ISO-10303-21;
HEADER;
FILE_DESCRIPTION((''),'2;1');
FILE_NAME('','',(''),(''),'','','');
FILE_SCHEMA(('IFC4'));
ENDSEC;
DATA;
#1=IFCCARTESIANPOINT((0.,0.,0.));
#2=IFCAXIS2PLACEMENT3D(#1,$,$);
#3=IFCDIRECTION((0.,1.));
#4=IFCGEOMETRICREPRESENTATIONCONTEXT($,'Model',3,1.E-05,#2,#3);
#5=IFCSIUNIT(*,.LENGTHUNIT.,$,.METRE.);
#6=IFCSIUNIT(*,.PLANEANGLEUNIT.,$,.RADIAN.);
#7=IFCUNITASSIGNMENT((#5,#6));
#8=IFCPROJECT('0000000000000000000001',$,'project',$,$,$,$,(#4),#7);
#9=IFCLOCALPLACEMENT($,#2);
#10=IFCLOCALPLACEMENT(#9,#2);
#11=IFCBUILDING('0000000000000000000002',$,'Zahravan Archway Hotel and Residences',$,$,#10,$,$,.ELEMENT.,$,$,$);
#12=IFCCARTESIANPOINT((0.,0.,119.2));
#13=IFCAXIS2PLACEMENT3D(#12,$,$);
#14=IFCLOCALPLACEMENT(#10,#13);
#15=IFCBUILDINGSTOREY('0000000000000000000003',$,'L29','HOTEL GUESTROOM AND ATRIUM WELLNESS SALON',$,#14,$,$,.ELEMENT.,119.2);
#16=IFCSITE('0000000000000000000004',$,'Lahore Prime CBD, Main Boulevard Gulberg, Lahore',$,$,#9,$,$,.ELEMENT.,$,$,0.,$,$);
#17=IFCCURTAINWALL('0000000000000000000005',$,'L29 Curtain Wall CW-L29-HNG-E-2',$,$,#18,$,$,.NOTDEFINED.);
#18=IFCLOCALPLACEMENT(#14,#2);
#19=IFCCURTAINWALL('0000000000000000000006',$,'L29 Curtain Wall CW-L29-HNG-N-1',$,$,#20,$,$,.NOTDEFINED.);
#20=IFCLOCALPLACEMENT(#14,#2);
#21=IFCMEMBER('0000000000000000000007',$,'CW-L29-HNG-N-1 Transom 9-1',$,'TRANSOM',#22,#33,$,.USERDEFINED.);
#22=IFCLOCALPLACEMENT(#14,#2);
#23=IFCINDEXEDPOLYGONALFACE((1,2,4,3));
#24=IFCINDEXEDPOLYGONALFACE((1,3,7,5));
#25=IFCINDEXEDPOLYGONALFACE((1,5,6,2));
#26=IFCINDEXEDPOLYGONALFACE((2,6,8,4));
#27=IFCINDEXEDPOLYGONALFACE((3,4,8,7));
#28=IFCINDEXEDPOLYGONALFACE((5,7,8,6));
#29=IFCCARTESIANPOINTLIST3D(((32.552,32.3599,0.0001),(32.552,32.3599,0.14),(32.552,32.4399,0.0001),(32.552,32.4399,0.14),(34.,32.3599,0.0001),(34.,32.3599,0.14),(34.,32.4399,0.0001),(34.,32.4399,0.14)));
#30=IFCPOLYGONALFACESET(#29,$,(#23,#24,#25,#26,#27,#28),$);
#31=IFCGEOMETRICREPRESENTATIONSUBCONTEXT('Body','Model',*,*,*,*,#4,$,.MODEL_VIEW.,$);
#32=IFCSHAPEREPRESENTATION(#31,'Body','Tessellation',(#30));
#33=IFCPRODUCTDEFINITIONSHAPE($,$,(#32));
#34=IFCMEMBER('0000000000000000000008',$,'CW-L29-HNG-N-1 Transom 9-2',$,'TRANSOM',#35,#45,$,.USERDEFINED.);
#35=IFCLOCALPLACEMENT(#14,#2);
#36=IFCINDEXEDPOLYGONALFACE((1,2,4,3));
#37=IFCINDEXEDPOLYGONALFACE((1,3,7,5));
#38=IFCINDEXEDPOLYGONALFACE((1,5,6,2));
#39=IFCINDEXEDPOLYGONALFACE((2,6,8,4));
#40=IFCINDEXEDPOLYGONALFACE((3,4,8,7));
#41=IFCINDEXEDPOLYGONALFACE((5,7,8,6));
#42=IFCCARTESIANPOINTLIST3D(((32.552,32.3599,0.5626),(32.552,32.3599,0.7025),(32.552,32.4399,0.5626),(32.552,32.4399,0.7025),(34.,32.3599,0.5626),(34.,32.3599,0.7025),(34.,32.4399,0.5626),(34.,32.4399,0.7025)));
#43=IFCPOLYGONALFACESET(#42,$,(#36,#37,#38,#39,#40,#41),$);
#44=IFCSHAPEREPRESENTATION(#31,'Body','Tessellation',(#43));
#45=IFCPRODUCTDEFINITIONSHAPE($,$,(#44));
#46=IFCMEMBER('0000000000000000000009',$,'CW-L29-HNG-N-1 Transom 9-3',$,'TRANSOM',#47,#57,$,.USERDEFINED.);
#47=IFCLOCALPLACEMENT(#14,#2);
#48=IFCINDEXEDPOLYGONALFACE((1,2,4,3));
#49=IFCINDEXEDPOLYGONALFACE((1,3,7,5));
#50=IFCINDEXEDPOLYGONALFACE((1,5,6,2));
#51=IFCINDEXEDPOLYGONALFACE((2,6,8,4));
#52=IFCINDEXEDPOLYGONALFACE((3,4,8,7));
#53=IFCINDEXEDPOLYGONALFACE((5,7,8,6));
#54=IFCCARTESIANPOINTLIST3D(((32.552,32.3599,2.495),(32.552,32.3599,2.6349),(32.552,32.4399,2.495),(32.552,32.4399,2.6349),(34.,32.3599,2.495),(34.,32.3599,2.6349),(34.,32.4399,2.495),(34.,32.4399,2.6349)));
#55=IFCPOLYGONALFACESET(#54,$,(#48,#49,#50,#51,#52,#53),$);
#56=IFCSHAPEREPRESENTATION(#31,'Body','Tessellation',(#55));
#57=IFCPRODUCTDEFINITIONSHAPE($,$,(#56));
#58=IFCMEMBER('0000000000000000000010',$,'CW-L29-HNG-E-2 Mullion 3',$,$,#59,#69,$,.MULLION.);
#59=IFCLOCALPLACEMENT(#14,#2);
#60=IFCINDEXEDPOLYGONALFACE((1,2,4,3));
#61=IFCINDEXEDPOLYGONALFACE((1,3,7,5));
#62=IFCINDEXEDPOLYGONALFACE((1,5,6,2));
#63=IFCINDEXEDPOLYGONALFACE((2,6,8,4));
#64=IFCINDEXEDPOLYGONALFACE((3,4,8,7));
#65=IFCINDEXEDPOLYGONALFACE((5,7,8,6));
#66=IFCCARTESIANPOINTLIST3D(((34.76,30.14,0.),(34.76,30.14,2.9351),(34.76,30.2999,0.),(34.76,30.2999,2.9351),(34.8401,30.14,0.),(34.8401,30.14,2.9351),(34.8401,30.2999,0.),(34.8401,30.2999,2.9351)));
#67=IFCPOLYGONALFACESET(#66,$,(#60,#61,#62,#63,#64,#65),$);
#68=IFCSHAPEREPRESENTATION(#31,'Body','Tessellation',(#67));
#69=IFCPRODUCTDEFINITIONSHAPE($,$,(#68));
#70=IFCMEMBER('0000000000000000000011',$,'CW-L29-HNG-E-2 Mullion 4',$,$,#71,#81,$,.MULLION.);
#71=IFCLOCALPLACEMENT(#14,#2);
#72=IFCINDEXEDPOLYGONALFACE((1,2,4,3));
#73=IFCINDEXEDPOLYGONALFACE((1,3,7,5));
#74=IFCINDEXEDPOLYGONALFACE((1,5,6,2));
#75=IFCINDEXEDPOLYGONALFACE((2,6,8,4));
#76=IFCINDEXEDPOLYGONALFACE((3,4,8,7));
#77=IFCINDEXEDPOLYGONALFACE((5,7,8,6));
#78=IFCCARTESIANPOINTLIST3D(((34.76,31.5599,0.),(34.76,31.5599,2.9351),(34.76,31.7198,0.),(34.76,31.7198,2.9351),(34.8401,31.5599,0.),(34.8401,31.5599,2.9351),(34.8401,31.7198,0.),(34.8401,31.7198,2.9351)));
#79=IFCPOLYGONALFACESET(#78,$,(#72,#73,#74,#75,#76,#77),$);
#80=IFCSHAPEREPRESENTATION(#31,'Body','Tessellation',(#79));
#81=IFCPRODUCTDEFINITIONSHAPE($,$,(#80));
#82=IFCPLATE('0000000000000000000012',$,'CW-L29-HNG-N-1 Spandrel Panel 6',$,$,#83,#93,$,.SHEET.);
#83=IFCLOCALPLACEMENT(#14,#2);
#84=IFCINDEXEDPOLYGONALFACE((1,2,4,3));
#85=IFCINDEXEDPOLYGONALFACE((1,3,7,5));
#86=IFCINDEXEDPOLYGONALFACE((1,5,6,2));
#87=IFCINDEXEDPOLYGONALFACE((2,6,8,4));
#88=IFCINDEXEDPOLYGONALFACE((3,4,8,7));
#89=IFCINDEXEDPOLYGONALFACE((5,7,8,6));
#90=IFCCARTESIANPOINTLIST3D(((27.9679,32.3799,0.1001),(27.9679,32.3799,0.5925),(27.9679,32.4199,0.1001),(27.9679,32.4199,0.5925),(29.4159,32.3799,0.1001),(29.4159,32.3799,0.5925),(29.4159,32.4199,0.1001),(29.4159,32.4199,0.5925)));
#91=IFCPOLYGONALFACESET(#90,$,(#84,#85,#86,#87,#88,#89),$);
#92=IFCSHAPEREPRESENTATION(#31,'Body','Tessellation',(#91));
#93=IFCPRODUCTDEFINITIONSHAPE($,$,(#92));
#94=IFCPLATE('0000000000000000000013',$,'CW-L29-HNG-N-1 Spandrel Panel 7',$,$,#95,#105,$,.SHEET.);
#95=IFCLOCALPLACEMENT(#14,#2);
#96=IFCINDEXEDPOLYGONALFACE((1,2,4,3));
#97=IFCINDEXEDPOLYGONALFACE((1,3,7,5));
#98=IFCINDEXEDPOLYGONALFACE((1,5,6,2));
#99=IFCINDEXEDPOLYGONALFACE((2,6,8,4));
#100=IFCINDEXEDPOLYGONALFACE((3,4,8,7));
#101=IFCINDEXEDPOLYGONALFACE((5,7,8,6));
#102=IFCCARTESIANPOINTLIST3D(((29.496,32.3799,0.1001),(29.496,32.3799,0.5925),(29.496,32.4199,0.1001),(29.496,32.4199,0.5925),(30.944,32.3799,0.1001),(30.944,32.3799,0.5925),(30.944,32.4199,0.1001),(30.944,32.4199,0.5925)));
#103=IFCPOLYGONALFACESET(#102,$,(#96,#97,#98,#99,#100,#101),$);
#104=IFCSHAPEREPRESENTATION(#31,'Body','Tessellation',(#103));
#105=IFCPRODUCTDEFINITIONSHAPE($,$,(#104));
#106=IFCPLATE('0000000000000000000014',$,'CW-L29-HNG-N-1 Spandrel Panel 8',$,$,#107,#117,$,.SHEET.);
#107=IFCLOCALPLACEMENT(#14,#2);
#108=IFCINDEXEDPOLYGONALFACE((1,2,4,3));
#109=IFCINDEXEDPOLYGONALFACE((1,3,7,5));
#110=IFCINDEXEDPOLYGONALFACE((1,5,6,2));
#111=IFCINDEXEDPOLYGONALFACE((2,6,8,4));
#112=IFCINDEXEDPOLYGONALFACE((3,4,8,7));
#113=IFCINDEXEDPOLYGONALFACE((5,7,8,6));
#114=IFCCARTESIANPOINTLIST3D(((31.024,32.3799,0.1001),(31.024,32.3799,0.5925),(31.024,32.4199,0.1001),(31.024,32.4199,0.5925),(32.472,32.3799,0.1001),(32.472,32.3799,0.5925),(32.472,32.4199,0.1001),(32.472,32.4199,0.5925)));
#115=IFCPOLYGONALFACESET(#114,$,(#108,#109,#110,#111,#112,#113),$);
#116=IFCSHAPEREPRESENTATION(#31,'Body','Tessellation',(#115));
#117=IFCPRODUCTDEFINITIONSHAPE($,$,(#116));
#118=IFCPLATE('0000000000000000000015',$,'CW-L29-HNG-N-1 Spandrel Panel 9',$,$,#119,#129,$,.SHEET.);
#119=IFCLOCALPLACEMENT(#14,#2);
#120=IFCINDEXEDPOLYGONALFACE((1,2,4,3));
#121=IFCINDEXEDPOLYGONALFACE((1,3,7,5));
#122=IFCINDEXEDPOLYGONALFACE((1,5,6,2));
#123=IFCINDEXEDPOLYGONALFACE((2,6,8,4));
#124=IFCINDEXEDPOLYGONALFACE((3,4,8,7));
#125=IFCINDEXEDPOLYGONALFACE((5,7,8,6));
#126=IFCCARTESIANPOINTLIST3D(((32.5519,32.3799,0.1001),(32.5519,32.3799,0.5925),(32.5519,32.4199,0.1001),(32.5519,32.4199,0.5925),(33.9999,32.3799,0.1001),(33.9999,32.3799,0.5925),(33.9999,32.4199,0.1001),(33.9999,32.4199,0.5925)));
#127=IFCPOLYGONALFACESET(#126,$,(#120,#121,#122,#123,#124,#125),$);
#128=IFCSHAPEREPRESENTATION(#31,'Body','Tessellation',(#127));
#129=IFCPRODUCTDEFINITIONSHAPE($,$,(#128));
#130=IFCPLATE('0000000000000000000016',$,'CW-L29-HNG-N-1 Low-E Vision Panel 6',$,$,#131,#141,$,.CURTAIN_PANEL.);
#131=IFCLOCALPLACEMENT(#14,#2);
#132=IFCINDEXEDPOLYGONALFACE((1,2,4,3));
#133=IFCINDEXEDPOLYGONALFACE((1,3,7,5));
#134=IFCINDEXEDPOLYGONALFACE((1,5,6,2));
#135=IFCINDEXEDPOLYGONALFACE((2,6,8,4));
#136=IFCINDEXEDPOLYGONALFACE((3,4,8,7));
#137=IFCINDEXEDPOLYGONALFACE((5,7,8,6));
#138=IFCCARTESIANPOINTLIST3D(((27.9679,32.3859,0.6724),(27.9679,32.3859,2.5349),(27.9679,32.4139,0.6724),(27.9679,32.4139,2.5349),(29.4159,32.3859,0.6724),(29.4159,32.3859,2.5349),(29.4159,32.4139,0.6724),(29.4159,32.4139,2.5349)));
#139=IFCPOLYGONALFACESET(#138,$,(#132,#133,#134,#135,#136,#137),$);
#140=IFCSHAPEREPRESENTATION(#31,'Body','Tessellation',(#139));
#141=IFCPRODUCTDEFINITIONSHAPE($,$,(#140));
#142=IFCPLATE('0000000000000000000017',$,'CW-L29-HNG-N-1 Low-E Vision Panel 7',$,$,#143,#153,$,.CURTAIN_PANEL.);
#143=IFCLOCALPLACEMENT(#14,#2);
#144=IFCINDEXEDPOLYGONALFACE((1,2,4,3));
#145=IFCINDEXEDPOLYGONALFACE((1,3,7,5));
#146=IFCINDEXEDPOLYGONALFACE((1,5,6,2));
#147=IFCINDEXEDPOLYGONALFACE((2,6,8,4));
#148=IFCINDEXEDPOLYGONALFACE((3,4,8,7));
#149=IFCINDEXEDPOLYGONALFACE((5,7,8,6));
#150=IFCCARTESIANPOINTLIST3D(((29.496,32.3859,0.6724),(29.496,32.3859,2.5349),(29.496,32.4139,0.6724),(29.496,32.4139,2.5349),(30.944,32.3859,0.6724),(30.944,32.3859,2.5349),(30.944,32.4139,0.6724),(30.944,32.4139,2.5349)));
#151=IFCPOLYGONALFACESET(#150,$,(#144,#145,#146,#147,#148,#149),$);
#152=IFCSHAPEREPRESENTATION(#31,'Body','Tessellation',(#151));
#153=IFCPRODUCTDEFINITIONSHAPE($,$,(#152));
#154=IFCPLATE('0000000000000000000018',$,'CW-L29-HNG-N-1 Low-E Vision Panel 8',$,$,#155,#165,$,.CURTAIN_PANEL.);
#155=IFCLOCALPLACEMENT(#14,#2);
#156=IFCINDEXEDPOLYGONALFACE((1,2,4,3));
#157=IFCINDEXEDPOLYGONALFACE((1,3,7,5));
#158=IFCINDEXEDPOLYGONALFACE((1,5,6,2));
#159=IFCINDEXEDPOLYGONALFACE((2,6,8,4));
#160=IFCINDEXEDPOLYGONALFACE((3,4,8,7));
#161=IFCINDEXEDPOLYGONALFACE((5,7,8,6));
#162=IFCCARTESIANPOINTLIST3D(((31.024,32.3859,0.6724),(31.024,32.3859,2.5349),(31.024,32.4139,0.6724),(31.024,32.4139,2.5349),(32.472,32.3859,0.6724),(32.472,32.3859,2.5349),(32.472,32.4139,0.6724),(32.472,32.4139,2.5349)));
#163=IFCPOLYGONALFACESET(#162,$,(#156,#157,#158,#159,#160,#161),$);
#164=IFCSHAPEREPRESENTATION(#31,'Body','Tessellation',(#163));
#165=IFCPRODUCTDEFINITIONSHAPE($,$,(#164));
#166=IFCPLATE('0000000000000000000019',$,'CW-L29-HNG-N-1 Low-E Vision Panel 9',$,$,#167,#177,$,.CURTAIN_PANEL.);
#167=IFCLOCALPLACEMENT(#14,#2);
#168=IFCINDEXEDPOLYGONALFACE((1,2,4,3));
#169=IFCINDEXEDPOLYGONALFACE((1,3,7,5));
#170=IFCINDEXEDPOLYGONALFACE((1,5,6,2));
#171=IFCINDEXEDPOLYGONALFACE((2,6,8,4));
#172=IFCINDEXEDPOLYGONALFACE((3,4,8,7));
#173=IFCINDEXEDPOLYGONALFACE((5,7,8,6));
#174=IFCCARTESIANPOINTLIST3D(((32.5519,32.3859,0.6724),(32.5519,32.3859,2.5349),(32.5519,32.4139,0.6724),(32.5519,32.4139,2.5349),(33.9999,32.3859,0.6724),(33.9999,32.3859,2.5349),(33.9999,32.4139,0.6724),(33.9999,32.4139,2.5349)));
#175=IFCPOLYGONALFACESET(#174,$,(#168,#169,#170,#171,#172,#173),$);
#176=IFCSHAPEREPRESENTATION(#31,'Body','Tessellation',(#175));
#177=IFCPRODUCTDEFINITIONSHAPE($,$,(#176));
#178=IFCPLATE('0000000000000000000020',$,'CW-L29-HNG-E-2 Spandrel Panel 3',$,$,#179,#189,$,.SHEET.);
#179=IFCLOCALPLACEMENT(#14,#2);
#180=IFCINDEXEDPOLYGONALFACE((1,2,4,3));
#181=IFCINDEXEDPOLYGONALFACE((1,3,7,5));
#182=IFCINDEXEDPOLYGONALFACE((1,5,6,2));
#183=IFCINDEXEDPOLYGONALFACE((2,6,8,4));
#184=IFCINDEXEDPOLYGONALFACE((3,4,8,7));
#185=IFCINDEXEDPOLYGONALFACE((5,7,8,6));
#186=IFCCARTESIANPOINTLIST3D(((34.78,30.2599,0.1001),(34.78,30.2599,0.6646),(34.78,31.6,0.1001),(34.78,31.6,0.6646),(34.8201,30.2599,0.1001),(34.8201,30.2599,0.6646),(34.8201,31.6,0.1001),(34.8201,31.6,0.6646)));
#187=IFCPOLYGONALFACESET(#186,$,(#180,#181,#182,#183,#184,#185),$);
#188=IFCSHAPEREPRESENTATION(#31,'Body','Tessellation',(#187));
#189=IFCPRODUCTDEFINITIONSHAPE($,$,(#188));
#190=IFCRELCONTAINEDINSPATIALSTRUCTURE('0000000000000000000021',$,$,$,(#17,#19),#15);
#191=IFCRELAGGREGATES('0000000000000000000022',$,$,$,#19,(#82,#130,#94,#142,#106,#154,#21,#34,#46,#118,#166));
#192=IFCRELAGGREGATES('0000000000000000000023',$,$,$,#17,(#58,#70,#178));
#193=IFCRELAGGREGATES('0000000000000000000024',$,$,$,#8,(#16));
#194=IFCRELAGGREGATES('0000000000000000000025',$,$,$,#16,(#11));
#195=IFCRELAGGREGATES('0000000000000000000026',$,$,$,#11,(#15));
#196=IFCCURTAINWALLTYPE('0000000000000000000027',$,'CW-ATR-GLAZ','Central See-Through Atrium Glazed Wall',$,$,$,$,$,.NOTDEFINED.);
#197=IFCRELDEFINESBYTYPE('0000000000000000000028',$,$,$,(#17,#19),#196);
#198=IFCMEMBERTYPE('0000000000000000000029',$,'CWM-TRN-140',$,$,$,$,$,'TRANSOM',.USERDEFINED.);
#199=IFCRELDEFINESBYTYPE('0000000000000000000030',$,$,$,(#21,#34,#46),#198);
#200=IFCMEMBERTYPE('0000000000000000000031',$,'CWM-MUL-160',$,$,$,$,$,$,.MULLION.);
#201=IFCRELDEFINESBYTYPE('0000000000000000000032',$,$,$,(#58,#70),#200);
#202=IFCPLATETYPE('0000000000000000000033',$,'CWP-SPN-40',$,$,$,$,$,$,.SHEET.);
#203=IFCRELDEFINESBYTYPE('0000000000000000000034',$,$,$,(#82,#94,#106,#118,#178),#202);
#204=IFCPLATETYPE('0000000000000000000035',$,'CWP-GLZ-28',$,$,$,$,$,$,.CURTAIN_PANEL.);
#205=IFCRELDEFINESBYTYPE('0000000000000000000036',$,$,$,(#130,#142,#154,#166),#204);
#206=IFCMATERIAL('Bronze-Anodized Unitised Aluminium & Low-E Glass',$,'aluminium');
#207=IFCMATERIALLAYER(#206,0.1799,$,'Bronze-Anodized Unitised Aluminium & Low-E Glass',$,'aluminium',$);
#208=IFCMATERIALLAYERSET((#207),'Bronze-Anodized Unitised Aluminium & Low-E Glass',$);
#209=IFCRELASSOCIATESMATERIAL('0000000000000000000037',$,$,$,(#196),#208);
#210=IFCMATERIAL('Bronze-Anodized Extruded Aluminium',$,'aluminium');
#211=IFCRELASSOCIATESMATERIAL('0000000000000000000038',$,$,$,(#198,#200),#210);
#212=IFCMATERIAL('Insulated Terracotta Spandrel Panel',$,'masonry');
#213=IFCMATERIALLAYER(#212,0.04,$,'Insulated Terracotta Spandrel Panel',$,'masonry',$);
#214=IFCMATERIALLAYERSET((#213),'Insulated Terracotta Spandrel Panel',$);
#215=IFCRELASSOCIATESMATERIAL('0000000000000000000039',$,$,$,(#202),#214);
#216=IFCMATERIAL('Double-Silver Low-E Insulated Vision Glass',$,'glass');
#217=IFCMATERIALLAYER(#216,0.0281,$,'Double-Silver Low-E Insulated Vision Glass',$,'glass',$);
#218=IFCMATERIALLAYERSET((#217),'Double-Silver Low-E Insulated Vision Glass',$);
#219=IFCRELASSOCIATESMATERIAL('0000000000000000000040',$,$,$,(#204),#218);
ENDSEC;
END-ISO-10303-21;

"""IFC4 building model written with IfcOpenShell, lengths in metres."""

from ifc_helpers import new_model, si_unit, direction, frame, origin, origin_2d, place, context, subcontext, project, spatial, rectangle, extrude, source, transform, mapped, material, layer, layer_set, material_profile, profile_set, type_object, element, aggregate, save


model = new_model("IFC4")

# Units and contexts
model_context = context("Model", 3, precision=1e-05, world=origin(), true_north=direction((0.0, 1.0)))
body_context = subcontext(model_context, "Body", "Model", "MODEL_VIEW")
ifc_project = project(units=[si_unit("LENGTHUNIT", "METRE"), si_unit("PLANEANGLEUNIT", "RADIAN")], contexts=[model_context])

# Site, building, storey
site_placement = place(None, origin())
site = spatial("IfcSite", under=ifc_project, at=site_placement, Name="Lahore Prime CBD, Main Boulevard Gulberg, Lahore", CompositionType="ELEMENT", RefElevation=0.0)
building_placement = place(site_placement, origin())
building = spatial("IfcBuilding", under=site, at=building_placement, Name="Zahravan Archway Hotel and Residences", CompositionType="ELEMENT")
storey_placement = place(building_placement, frame((0.0, 0.0, 119.2)))
storey = spatial("IfcBuildingStorey", under=building, at=storey_placement, Name="L29", Description="HOTEL GUESTROOM AND ATRIUM WELLNESS SALON", CompositionType="ELEMENT", Elevation=119.2)

# Curtain walls, members
ifc_material_1 = material(Name="Bronze-Anodized Unitised Aluminium & Low-E Glass", Category="aluminium")
ifc_layer_1 = layer(ifc_material_1, 0.1799, Name="Bronze-Anodized Unitised Aluminium & Low-E Glass", Category="aluminium")
ifc_layer_set_1 = layer_set([ifc_layer_1], Name="Bronze-Anodized Unitised Aluminium & Low-E Glass")
curtain_wall_type = type_object("IfcCurtainWallType", Name="CW-ATR-GLAZ", Description="Central See-Through Atrium Glazed Wall", PredefinedType="NOTDEFINED", material=ifc_layer_set_1)
curtain_wall_1_placement = place(storey_placement, origin())
curtain_wall_1 = element("IfcCurtainWall", 1, at=curtain_wall_1_placement, inside=storey, type_object=curtain_wall_type, Name="L29 Curtain Wall CW-L29-HNG-E-2", PredefinedType="NOTDEFINED")
ifc_material_2 = material(Name="Bronze-Anodized Extruded Aluminium", Category="aluminium")
ifc_material_profile_1 = material_profile(ifc_material_2, rectangle(XDim=0.0801, YDim=0.1399, at=origin_2d()), Name="TRN 80x140", Category="aluminium")
ifc_profile_set_1 = profile_set([ifc_material_profile_1], Name="Bronze-Anodized Extruded Aluminium")
member_type_1 = type_object("IfcMemberType", Name="CWM-TRN-140", ElementType="TRANSOM", PredefinedType="USERDEFINED", material=ifc_profile_set_1)
curtain_wall_2_placement = place(storey_placement, origin())
curtain_wall_2 = element("IfcCurtainWall", 2, at=curtain_wall_2_placement, inside=storey, type_object=curtain_wall_type, Name="L29 Curtain Wall CW-L29-HNG-N-1", PredefinedType="NOTDEFINED")
ifc_material_profile_2 = material_profile(ifc_material_2, rectangle(XDim=0.0801, YDim=0.1599, at=origin_2d()), Name="MUL 80x160", Category="aluminium")
ifc_profile_set_2 = profile_set([ifc_material_profile_2], Name="Bronze-Anodized Extruded Aluminium")
member_type_2 = type_object("IfcMemberType", Name="CWM-MUL-160", PredefinedType="MULLION", material=ifc_profile_set_2)
shared_shape_1 = source(origin(), body_context, "Body", "SweptSolid", [
    extrude(rectangle(XDim=0.0801, YDim=0.1399, at=origin_2d()), origin(), (0.0, 0.0, 1.0), 1.448),
])
member_1_placement = place(storey_placement, frame((32.552, 32.3999, 0.0701), z_axis=(1.0, 0.0, 0.0), x_axis=(0.0, 1.0, 0.0)))
member_1 = element("IfcMember", 3, at=member_1_placement, type_object=member_type_1, Name="CW-L29-HNG-N-1 Transom 9-1", ObjectType="TRANSOM", PredefinedType="USERDEFINED", context=body_context, shape_type="MappedRepresentation", body=[
    mapped(shared_shape_1, transform((0.0, 0.0, 0.0), scale=1.0)),
])
member_2_placement = place(storey_placement, frame((32.552, 32.3999, 0.6326), z_axis=(1.0, 0.0, 0.0), x_axis=(0.0, 1.0, 0.0)))
member_2 = element("IfcMember", 4, at=member_2_placement, type_object=member_type_1, Name="CW-L29-HNG-N-1 Transom 9-2", ObjectType="TRANSOM", PredefinedType="USERDEFINED", context=body_context, shape_type="MappedRepresentation", body=[
    mapped(shared_shape_1, transform((0.0, 0.0, 0.0), scale=1.0)),
])
member_3_placement = place(storey_placement, frame((32.552, 32.3999, 2.5649), z_axis=(1.0, 0.0, 0.0), x_axis=(0.0, 1.0, 0.0)))
member_3 = element("IfcMember", 5, at=member_3_placement, type_object=member_type_1, Name="CW-L29-HNG-N-1 Transom 9-3", ObjectType="TRANSOM", PredefinedType="USERDEFINED", context=body_context, shape_type="MappedRepresentation", body=[
    mapped(shared_shape_1, transform((0.0, 0.0, 0.0), scale=1.0)),
])

# Members
shared_shape_2 = source(origin(), body_context, "Body", "SweptSolid", [
    extrude(rectangle(XDim=0.0801, YDim=0.1599, at=origin_2d()), origin(), (0.0, 0.0, 1.0), 2.9351),
])
member_4_placement = place(storey_placement, frame((34.8, 30.22, 0.0), z_axis=(0.0, 0.0, 1.0), x_axis=(1.0, 0.0, 0.0)))
member_4 = element("IfcMember", 6, at=member_4_placement, type_object=member_type_2, Name="CW-L29-HNG-E-2 Mullion 3", PredefinedType="MULLION", context=body_context, shape_type="MappedRepresentation", body=[
    mapped(shared_shape_2, transform((0.0, 0.0, 0.0), scale=1.0)),
])
member_5_placement = place(storey_placement, frame((34.8, 31.6399, 0.0), z_axis=(0.0, 0.0, 1.0), x_axis=(1.0, 0.0, 0.0)))
member_5 = element("IfcMember", 7, at=member_5_placement, type_object=member_type_2, Name="CW-L29-HNG-E-2 Mullion 4", PredefinedType="MULLION", context=body_context, shape_type="MappedRepresentation", body=[
    mapped(shared_shape_2, transform((0.0, 0.0, 0.0), scale=1.0)),
])

# Plates
ifc_material_3 = material(Name="Insulated Terracotta Spandrel Panel", Category="masonry")
ifc_layer_2 = layer(ifc_material_3, 0.04, Name="Insulated Terracotta Spandrel Panel", Category="masonry")
ifc_layer_set_2 = layer_set([ifc_layer_2], Name="Insulated Terracotta Spandrel Panel")
plate_type_1 = type_object("IfcPlateType", Name="CWP-SPN-40", PredefinedType="SHEET", material=ifc_layer_set_2)
shared_shape_3 = source(origin(), body_context, "Body", "SweptSolid", [
    extrude(rectangle(XDim=1.448, YDim=0.04, at=origin_2d()), origin(), (0.0, 0.0, 1.0), 0.4924),
])
plate_1_placement = place(storey_placement, frame((28.6919, 32.3999, 0.1001), z_axis=(0.0, 0.0, 1.0), x_axis=(1.0, 0.0, 0.0)))
plate_1 = element("IfcPlate", 8, at=plate_1_placement, type_object=plate_type_1, Name="CW-L29-HNG-N-1 Spandrel Panel 6", PredefinedType="SHEET", context=body_context, shape_type="MappedRepresentation", body=[
    mapped(shared_shape_3, transform((0.0, 0.0, 0.0), scale=1.0)),
])
plate_2_placement = place(storey_placement, frame((30.22, 32.3999, 0.1001), z_axis=(0.0, 0.0, 1.0), x_axis=(1.0, 0.0, 0.0)))
plate_2 = element("IfcPlate", 9, at=plate_2_placement, type_object=plate_type_1, Name="CW-L29-HNG-N-1 Spandrel Panel 7", PredefinedType="SHEET", context=body_context, shape_type="MappedRepresentation", body=[
    mapped(shared_shape_3, transform((0.0, 0.0, 0.0), scale=1.0)),
])
plate_3_placement = place(storey_placement, frame((31.748, 32.3999, 0.1001), z_axis=(0.0, 0.0, 1.0), x_axis=(1.0, 0.0, 0.0)))
plate_3 = element("IfcPlate", 10, at=plate_3_placement, type_object=plate_type_1, Name="CW-L29-HNG-N-1 Spandrel Panel 8", PredefinedType="SHEET", context=body_context, shape_type="MappedRepresentation", body=[
    mapped(shared_shape_3, transform((0.0, 0.0, 0.0), scale=1.0)),
])
plate_4_placement = place(storey_placement, frame((33.2759, 32.3999, 0.1001), z_axis=(0.0, 0.0, 1.0), x_axis=(1.0, 0.0, 0.0)))
plate_4 = element("IfcPlate", 11, at=plate_4_placement, type_object=plate_type_1, Name="CW-L29-HNG-N-1 Spandrel Panel 9", PredefinedType="SHEET", context=body_context, shape_type="MappedRepresentation", body=[
    mapped(shared_shape_3, transform((0.0, 0.0, 0.0), scale=1.0)),
])
ifc_material_4 = material(Name="Double-Silver Low-E Insulated Vision Glass", Category="glass")
ifc_layer_3 = layer(ifc_material_4, 0.0281, Name="Double-Silver Low-E Insulated Vision Glass", Category="glass")
ifc_layer_set_3 = layer_set([ifc_layer_3], Name="Double-Silver Low-E Insulated Vision Glass")
plate_type_2 = type_object("IfcPlateType", Name="CWP-GLZ-28", PredefinedType="CURTAIN_PANEL", material=ifc_layer_set_3)
shared_shape_4 = source(origin(), body_context, "Body", "SweptSolid", [
    extrude(rectangle(XDim=1.448, YDim=0.0281, at=origin_2d()), origin(), (0.0, 0.0, 1.0), 1.8625),
])
plate_5_placement = place(storey_placement, frame((28.6919, 32.3999, 0.6724), z_axis=(0.0, 0.0, 1.0), x_axis=(1.0, 0.0, 0.0)))
plate_5 = element("IfcPlate", 12, at=plate_5_placement, type_object=plate_type_2, Name="CW-L29-HNG-N-1 Low-E Vision Panel 6", PredefinedType="CURTAIN_PANEL", context=body_context, shape_type="MappedRepresentation", body=[
    mapped(shared_shape_4, transform((0.0, 0.0, 0.0), scale=1.0)),
])
plate_6_placement = place(storey_placement, frame((30.22, 32.3999, 0.6724), z_axis=(0.0, 0.0, 1.0), x_axis=(1.0, 0.0, 0.0)))
plate_6 = element("IfcPlate", 13, at=plate_6_placement, type_object=plate_type_2, Name="CW-L29-HNG-N-1 Low-E Vision Panel 7", PredefinedType="CURTAIN_PANEL", context=body_context, shape_type="MappedRepresentation", body=[
    mapped(shared_shape_4, transform((0.0, 0.0, 0.0), scale=1.0)),
])
plate_7_placement = place(storey_placement, frame((31.748, 32.3999, 0.6724), z_axis=(0.0, 0.0, 1.0), x_axis=(1.0, 0.0, 0.0)))
plate_7 = element("IfcPlate", 14, at=plate_7_placement, type_object=plate_type_2, Name="CW-L29-HNG-N-1 Low-E Vision Panel 8", PredefinedType="CURTAIN_PANEL", context=body_context, shape_type="MappedRepresentation", body=[
    mapped(shared_shape_4, transform((0.0, 0.0, 0.0), scale=1.0)),
])
plate_8_placement = place(storey_placement, frame((33.2759, 32.3999, 0.6724), z_axis=(0.0, 0.0, 1.0), x_axis=(1.0, 0.0, 0.0)))
plate_8 = element("IfcPlate", 15, at=plate_8_placement, type_object=plate_type_2, Name="CW-L29-HNG-N-1 Low-E Vision Panel 9", PredefinedType="CURTAIN_PANEL", context=body_context, shape_type="MappedRepresentation", body=[
    mapped(shared_shape_4, transform((0.0, 0.0, 0.0), scale=1.0)),
])
aggregate(curtain_wall_2, [plate_1, plate_5, plate_2, plate_6, plate_3, plate_7, member_1, member_2, member_3, plate_4, plate_8])
shared_shape_5 = source(origin(), body_context, "Body", "SweptSolid", [
    extrude(rectangle(XDim=1.3401, YDim=0.04, at=origin_2d()), origin(), (0.0, 0.0, 1.0), 0.5645),
])
plate_9_placement = place(storey_placement, frame((34.8, 30.9299, 0.1001), z_axis=(0.0, 0.0, 1.0), x_axis=(0.0, 1.0, 0.0)))
plate_9 = element("IfcPlate", 16, at=plate_9_placement, type_object=plate_type_1, Name="CW-L29-HNG-E-2 Spandrel Panel 3", PredefinedType="SHEET", context=body_context, shape_type="MappedRepresentation", body=[
    mapped(shared_shape_5, transform((0.0, 0.0, 0.0), scale=1.0)),
])
aggregate(curtain_wall_1, [member_4, member_5, plate_9])

save(model, "model.ifc")
